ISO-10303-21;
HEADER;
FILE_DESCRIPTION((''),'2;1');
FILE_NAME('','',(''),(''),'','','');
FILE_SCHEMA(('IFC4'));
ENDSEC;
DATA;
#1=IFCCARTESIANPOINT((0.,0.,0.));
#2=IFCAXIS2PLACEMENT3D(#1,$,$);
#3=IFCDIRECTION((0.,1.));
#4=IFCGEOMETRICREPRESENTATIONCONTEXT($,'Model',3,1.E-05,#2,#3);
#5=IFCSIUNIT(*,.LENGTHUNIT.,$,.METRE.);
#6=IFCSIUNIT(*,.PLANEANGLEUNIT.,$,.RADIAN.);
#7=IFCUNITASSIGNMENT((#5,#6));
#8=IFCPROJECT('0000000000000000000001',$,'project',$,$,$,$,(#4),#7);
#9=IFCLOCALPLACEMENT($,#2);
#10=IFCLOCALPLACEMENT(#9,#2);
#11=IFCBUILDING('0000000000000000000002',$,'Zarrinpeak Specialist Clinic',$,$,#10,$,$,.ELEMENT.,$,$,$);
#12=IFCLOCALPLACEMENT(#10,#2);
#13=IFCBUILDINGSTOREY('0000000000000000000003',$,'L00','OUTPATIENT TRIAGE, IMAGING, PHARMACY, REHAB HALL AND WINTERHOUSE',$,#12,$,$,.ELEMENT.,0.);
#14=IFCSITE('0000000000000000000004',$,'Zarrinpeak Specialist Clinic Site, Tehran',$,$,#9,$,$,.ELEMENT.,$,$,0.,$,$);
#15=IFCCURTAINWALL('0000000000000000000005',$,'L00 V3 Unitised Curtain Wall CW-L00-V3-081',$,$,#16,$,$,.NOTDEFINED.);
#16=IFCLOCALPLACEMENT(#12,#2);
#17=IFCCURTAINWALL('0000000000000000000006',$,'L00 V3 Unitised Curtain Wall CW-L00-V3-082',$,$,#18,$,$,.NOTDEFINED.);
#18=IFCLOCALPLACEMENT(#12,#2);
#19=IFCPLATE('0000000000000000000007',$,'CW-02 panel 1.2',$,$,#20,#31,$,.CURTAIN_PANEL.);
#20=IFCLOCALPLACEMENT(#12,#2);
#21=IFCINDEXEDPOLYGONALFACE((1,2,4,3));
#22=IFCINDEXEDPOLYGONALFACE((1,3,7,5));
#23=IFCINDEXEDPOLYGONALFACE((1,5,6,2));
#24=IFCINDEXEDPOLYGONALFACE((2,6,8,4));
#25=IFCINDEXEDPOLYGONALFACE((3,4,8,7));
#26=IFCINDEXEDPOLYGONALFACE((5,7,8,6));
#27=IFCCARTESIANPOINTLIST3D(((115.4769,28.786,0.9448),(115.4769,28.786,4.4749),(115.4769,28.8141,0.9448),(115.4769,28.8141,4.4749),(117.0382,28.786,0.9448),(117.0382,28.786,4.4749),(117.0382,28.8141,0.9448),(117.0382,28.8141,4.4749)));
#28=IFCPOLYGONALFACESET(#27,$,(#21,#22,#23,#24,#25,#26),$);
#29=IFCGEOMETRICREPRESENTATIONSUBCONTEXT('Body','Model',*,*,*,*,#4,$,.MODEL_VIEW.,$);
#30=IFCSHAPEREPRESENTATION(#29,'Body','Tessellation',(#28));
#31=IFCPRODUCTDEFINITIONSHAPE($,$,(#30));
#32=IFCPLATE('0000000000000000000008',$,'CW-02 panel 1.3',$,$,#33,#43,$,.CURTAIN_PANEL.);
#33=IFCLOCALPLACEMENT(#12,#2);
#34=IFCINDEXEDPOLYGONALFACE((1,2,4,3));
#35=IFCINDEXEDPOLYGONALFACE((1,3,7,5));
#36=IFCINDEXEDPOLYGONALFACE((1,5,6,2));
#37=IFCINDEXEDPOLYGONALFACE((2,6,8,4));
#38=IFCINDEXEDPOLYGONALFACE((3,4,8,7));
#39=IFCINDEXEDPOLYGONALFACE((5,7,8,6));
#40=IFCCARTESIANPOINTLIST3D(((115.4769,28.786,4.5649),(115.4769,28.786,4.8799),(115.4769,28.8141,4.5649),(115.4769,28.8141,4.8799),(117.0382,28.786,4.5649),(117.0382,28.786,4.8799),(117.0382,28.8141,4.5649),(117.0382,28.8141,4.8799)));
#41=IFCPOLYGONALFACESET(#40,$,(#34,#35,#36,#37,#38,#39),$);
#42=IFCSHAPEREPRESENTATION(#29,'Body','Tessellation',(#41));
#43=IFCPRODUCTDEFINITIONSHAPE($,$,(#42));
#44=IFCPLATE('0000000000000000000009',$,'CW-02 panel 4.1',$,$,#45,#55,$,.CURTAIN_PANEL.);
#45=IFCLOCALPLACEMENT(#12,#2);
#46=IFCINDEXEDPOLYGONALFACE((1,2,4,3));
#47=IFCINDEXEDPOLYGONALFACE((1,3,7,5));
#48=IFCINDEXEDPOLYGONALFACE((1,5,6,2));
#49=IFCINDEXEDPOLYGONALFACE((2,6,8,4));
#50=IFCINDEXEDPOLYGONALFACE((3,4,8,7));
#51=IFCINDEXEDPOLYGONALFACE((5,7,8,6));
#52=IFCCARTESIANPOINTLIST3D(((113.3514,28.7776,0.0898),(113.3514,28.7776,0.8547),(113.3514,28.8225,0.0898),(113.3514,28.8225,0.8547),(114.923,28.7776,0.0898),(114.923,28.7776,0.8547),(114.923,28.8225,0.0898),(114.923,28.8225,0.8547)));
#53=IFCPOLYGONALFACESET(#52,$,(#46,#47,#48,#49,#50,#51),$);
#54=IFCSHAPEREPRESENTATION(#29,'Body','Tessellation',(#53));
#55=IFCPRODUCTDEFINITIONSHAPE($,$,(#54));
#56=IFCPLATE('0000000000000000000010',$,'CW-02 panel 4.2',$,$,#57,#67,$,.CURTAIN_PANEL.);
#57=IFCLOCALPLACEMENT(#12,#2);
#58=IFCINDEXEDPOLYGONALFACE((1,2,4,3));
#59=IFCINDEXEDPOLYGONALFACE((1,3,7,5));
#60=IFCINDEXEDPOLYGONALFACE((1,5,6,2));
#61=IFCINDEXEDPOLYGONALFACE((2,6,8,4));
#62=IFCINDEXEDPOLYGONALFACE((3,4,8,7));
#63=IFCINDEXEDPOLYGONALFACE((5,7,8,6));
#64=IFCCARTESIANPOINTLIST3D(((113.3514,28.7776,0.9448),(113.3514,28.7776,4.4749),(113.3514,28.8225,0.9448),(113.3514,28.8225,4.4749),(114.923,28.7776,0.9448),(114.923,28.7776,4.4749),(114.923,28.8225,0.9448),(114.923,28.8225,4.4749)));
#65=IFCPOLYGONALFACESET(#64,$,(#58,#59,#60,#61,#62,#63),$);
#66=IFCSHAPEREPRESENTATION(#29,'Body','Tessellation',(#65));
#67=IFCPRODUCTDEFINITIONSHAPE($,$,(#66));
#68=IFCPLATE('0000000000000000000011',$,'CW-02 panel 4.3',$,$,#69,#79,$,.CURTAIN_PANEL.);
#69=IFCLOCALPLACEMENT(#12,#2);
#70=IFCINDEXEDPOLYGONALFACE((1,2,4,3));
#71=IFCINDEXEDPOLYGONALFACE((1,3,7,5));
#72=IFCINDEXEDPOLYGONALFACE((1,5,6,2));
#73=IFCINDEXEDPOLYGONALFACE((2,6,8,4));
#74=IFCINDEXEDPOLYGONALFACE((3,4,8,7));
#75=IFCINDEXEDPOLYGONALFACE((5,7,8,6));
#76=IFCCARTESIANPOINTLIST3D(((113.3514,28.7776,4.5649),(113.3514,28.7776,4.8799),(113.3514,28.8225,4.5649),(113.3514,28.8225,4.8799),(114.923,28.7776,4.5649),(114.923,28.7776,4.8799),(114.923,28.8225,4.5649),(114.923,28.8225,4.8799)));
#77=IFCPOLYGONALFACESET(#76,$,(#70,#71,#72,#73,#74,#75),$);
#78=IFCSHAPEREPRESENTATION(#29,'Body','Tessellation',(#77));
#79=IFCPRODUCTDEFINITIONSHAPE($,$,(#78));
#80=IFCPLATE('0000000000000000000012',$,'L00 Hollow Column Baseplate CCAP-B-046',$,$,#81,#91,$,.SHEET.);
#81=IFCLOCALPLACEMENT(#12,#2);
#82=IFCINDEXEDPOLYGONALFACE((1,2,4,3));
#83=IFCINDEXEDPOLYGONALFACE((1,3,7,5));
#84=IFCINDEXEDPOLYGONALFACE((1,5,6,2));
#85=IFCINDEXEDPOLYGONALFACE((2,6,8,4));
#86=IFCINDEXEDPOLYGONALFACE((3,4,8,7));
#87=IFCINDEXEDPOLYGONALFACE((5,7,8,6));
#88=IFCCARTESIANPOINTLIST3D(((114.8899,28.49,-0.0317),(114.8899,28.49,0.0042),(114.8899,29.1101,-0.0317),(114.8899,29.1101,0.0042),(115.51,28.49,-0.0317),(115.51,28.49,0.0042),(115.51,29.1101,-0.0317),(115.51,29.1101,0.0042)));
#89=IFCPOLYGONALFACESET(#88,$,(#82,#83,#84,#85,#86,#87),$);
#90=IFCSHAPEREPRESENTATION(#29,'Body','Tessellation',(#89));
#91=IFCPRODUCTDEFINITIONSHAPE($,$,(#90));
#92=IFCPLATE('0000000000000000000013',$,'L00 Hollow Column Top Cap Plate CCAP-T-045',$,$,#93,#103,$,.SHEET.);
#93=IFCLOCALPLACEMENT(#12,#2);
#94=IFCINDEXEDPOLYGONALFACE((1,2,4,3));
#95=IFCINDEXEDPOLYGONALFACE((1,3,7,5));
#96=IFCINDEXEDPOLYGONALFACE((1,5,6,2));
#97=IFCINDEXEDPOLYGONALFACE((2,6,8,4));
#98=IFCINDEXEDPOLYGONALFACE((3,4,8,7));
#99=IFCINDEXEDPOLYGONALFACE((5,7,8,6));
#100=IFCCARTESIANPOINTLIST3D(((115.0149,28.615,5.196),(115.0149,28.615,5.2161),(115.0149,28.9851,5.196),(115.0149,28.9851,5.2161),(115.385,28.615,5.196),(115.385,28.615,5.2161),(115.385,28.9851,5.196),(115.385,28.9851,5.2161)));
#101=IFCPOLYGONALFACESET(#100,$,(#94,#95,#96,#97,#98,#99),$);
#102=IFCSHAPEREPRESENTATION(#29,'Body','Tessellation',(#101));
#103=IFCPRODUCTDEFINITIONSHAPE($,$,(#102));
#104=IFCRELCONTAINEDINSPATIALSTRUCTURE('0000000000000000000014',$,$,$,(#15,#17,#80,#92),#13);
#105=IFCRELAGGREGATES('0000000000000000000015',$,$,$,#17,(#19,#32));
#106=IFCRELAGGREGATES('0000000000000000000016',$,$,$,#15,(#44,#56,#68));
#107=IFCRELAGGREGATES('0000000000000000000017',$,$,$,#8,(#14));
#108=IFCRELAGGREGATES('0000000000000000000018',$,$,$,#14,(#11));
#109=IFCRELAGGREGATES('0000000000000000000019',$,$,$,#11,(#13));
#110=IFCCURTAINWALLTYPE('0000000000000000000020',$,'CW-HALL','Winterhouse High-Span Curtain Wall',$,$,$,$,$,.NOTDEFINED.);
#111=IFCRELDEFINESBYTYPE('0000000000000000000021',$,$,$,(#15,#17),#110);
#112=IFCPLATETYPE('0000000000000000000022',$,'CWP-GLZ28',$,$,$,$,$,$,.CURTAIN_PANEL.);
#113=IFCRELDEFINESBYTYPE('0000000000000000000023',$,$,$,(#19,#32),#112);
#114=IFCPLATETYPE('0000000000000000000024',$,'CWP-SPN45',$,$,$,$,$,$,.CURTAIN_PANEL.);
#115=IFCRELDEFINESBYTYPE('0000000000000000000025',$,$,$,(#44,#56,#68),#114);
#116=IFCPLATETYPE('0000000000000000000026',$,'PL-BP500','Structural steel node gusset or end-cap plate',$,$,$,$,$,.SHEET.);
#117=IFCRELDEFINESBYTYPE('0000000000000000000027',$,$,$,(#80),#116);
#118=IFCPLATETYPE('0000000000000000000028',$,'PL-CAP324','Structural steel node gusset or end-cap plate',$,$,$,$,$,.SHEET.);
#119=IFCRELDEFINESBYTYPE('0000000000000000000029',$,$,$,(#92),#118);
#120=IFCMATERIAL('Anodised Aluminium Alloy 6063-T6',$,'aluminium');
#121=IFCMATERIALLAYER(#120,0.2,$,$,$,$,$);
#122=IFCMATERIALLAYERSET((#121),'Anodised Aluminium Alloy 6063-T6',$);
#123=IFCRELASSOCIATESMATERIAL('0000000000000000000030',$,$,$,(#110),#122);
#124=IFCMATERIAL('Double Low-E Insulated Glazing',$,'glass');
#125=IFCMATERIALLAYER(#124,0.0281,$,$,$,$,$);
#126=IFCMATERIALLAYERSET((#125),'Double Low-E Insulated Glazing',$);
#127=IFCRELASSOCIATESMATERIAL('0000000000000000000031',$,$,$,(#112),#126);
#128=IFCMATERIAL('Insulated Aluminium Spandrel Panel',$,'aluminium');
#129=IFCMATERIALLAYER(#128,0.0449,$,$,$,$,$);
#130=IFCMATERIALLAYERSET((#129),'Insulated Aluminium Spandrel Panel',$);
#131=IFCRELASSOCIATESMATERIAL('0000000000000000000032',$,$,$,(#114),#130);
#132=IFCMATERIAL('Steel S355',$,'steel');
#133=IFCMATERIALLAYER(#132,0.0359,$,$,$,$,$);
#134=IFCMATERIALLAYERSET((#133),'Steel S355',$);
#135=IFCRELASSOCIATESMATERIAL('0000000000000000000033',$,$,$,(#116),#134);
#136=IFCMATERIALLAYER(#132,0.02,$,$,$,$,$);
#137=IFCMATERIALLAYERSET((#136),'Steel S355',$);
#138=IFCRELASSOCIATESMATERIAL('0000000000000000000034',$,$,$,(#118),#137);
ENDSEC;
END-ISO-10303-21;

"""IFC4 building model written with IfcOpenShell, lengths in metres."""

from ifc_helpers import new_model, si_unit, direction, frame, origin, origin_2d, place, context, subcontext, project, spatial, rectangle, extrude, material, layer, layer_set, type_object, element, aggregate, save


model = new_model("IFC4")

# Units and contexts
model_context = context("Model", 3, precision=1e-05, world=origin(), true_north=direction((0.0, 1.0)))
body_context = subcontext(model_context, "Body", "Model", "MODEL_VIEW")
ifc_project = project(units=[si_unit("LENGTHUNIT", "METRE"), si_unit("PLANEANGLEUNIT", "RADIAN")], contexts=[model_context])

# Site, building, storey
site_placement = place(None, origin())
site = spatial("IfcSite", under=ifc_project, at=site_placement, Name="Zarrinpeak Specialist Clinic Site, Tehran", CompositionType="ELEMENT", RefElevation=0.0)
building_placement = place(site_placement, origin())
building = spatial("IfcBuilding", under=site, at=building_placement, Name="Zarrinpeak Specialist Clinic", CompositionType="ELEMENT")
storey_placement = place(building_placement, origin())
storey = spatial("IfcBuildingStorey", under=building, at=storey_placement, Name="L00", Description="OUTPATIENT TRIAGE, IMAGING, PHARMACY, REHAB HALL AND WINTERHOUSE", CompositionType="ELEMENT", Elevation=0.0)

# Shared definitions
ifc_material_1 = material(Name="Steel S355", Category="steel")

# Curtain wall
ifc_material_2 = material(Name="Anodised Aluminium Alloy 6063-T6", Category="aluminium")
ifc_layer_1 = layer(ifc_material_2, 0.2)
ifc_layer_set_1 = layer_set([ifc_layer_1], Name="Anodised Aluminium Alloy 6063-T6")
curtain_wall_type = type_object("IfcCurtainWallType", Name="CW-HALL", Description="Winterhouse High-Span Curtain Wall", PredefinedType="NOTDEFINED", material=ifc_layer_set_1)
curtain_wall_1_placement = place(storey_placement, origin())
curtain_wall_1 = element("IfcCurtainWall", 1, at=curtain_wall_1_placement, inside=storey, type_object=curtain_wall_type, Name="L00 V3 Unitised Curtain Wall CW-L00-V3-081", PredefinedType="NOTDEFINED")

# Curtain wall
curtain_wall_2_placement = place(storey_placement, origin())
curtain_wall_2 = element("IfcCurtainWall", 2, at=curtain_wall_2_placement, inside=storey, type_object=curtain_wall_type, Name="L00 V3 Unitised Curtain Wall CW-L00-V3-082", PredefinedType="NOTDEFINED")

# Plates
ifc_material_3 = material(Name="Double Low-E Insulated Glazing", Category="glass")
ifc_layer_2 = layer(ifc_material_3, 0.0281)
ifc_layer_set_2 = layer_set([ifc_layer_2], Name="Double Low-E Insulated Glazing")
plate_type_1 = type_object("IfcPlateType", Name="CWP-GLZ28", PredefinedType="CURTAIN_PANEL", material=ifc_layer_set_2)
plate_1_placement = place(storey_placement, frame((116.2576, 28.8, 0.9448), z_axis=(0.0, 0.0, 1.0), x_axis=(1.0, 0.0, 0.0)))
plate_1 = element("IfcPlate", 3, at=plate_1_placement, type_object=plate_type_1, Name="CW-02 panel 1.2", PredefinedType="CURTAIN_PANEL", context=body_context, shape_type="SweptSolid", body=[
    extrude(rectangle(XDim=1.5613, YDim=0.0281, at=origin_2d()), origin(), (0.0, 0.0, 1.0), 3.53),
])
plate_2_placement = place(storey_placement, frame((116.2576, 28.8, 4.5649), z_axis=(0.0, 0.0, 1.0), x_axis=(1.0, 0.0, 0.0)))
plate_2 = element("IfcPlate", 4, at=plate_2_placement, type_object=plate_type_1, Name="CW-02 panel 1.3", PredefinedType="CURTAIN_PANEL", context=body_context, shape_type="SweptSolid", body=[
    extrude(rectangle(XDim=1.5613, YDim=0.0281, at=origin_2d()), origin(), (0.0, 0.0, 1.0), 0.3149),
])
aggregate(curtain_wall_2, [plate_1, plate_2])
ifc_material_4 = material(Name="Insulated Aluminium Spandrel Panel", Category="aluminium")
ifc_layer_3 = layer(ifc_material_4, 0.0449)
ifc_layer_set_3 = layer_set([ifc_layer_3], Name="Insulated Aluminium Spandrel Panel")
plate_type_2 = type_object("IfcPlateType", Name="CWP-SPN45", PredefinedType="CURTAIN_PANEL", material=ifc_layer_set_3)
plate_3_placement = place(storey_placement, frame((114.1372, 28.8, 0.0898), z_axis=(0.0, 0.0, 1.0), x_axis=(1.0, 0.0, 0.0)))
plate_3 = element("IfcPlate", 5, at=plate_3_placement, type_object=plate_type_2, Name="CW-02 panel 4.1", PredefinedType="CURTAIN_PANEL", context=body_context, shape_type="SweptSolid", body=[
    extrude(rectangle(XDim=1.5715, YDim=0.0449, at=origin_2d()), origin(), (0.0, 0.0, 1.0), 0.7649),
])
plate_4_placement = place(storey_placement, frame((114.1372, 28.8, 0.9448), z_axis=(0.0, 0.0, 1.0), x_axis=(1.0, 0.0, 0.0)))
plate_4 = element("IfcPlate", 6, at=plate_4_placement, type_object=plate_type_2, Name="CW-02 panel 4.2", PredefinedType="CURTAIN_PANEL", context=body_context, shape_type="SweptSolid", body=[
    extrude(rectangle(XDim=1.5715, YDim=0.0449, at=origin_2d()), origin(), (0.0, 0.0, 1.0), 3.53),
])
plate_5_placement = place(storey_placement, frame((114.1372, 28.8, 4.5649), z_axis=(0.0, 0.0, 1.0), x_axis=(1.0, 0.0, 0.0)))
plate_5 = element("IfcPlate", 7, at=plate_5_placement, type_object=plate_type_2, Name="CW-02 panel 4.3", PredefinedType="CURTAIN_PANEL", context=body_context, shape_type="SweptSolid", body=[
    extrude(rectangle(XDim=1.5715, YDim=0.0449, at=origin_2d()), origin(), (0.0, 0.0, 1.0), 0.3149),
])
aggregate(curtain_wall_1, [plate_3, plate_4, plate_5])

# Plates
ifc_layer_4 = layer(ifc_material_1, 0.0359)
ifc_layer_set_4 = layer_set([ifc_layer_4], Name="Steel S355")
plate_type_3 = type_object("IfcPlateType", Name="PL-BP500", Description="Structural steel node gusset or end-cap plate", PredefinedType="SHEET", material=ifc_layer_set_4)
plate_6_placement = place(storey_placement, frame((115.2, 28.8, -0.0317), z_axis=(0.0, 0.0, 1.0), x_axis=(1.0, 0.0, 0.0)))
element("IfcPlate", 8, at=plate_6_placement, inside=storey, type_object=plate_type_3, Name="L00 Hollow Column Baseplate CCAP-B-046", PredefinedType="SHEET", context=body_context, shape_type="SweptSolid", body=[
    extrude(rectangle(XDim=0.6201, YDim=0.6201, at=origin_2d()), origin(), (0.0, 0.0, 1.0), 0.0359),
])
ifc_layer_5 = layer(ifc_material_1, 0.02)
ifc_layer_set_5 = layer_set([ifc_layer_5], Name="Steel S355")
plate_type_4 = type_object("IfcPlateType", Name="PL-CAP324", Description="Structural steel node gusset or end-cap plate", PredefinedType="SHEET", material=ifc_layer_set_5)
plate_7_placement = place(storey_placement, frame((115.2, 28.8, 5.196), z_axis=(0.0, 0.0, 1.0), x_axis=(1.0, 0.0, 0.0)))
element("IfcPlate", 9, at=plate_7_placement, inside=storey, type_object=plate_type_4, Name="L00 Hollow Column Top Cap Plate CCAP-T-045", PredefinedType="SHEET", context=body_context, shape_type="SweptSolid", body=[
    extrude(rectangle(XDim=0.3701, YDim=0.3701, at=origin_2d()), origin(), (0.0, 0.0, 1.0), 0.02),
])

save(model, "model.ifc")
